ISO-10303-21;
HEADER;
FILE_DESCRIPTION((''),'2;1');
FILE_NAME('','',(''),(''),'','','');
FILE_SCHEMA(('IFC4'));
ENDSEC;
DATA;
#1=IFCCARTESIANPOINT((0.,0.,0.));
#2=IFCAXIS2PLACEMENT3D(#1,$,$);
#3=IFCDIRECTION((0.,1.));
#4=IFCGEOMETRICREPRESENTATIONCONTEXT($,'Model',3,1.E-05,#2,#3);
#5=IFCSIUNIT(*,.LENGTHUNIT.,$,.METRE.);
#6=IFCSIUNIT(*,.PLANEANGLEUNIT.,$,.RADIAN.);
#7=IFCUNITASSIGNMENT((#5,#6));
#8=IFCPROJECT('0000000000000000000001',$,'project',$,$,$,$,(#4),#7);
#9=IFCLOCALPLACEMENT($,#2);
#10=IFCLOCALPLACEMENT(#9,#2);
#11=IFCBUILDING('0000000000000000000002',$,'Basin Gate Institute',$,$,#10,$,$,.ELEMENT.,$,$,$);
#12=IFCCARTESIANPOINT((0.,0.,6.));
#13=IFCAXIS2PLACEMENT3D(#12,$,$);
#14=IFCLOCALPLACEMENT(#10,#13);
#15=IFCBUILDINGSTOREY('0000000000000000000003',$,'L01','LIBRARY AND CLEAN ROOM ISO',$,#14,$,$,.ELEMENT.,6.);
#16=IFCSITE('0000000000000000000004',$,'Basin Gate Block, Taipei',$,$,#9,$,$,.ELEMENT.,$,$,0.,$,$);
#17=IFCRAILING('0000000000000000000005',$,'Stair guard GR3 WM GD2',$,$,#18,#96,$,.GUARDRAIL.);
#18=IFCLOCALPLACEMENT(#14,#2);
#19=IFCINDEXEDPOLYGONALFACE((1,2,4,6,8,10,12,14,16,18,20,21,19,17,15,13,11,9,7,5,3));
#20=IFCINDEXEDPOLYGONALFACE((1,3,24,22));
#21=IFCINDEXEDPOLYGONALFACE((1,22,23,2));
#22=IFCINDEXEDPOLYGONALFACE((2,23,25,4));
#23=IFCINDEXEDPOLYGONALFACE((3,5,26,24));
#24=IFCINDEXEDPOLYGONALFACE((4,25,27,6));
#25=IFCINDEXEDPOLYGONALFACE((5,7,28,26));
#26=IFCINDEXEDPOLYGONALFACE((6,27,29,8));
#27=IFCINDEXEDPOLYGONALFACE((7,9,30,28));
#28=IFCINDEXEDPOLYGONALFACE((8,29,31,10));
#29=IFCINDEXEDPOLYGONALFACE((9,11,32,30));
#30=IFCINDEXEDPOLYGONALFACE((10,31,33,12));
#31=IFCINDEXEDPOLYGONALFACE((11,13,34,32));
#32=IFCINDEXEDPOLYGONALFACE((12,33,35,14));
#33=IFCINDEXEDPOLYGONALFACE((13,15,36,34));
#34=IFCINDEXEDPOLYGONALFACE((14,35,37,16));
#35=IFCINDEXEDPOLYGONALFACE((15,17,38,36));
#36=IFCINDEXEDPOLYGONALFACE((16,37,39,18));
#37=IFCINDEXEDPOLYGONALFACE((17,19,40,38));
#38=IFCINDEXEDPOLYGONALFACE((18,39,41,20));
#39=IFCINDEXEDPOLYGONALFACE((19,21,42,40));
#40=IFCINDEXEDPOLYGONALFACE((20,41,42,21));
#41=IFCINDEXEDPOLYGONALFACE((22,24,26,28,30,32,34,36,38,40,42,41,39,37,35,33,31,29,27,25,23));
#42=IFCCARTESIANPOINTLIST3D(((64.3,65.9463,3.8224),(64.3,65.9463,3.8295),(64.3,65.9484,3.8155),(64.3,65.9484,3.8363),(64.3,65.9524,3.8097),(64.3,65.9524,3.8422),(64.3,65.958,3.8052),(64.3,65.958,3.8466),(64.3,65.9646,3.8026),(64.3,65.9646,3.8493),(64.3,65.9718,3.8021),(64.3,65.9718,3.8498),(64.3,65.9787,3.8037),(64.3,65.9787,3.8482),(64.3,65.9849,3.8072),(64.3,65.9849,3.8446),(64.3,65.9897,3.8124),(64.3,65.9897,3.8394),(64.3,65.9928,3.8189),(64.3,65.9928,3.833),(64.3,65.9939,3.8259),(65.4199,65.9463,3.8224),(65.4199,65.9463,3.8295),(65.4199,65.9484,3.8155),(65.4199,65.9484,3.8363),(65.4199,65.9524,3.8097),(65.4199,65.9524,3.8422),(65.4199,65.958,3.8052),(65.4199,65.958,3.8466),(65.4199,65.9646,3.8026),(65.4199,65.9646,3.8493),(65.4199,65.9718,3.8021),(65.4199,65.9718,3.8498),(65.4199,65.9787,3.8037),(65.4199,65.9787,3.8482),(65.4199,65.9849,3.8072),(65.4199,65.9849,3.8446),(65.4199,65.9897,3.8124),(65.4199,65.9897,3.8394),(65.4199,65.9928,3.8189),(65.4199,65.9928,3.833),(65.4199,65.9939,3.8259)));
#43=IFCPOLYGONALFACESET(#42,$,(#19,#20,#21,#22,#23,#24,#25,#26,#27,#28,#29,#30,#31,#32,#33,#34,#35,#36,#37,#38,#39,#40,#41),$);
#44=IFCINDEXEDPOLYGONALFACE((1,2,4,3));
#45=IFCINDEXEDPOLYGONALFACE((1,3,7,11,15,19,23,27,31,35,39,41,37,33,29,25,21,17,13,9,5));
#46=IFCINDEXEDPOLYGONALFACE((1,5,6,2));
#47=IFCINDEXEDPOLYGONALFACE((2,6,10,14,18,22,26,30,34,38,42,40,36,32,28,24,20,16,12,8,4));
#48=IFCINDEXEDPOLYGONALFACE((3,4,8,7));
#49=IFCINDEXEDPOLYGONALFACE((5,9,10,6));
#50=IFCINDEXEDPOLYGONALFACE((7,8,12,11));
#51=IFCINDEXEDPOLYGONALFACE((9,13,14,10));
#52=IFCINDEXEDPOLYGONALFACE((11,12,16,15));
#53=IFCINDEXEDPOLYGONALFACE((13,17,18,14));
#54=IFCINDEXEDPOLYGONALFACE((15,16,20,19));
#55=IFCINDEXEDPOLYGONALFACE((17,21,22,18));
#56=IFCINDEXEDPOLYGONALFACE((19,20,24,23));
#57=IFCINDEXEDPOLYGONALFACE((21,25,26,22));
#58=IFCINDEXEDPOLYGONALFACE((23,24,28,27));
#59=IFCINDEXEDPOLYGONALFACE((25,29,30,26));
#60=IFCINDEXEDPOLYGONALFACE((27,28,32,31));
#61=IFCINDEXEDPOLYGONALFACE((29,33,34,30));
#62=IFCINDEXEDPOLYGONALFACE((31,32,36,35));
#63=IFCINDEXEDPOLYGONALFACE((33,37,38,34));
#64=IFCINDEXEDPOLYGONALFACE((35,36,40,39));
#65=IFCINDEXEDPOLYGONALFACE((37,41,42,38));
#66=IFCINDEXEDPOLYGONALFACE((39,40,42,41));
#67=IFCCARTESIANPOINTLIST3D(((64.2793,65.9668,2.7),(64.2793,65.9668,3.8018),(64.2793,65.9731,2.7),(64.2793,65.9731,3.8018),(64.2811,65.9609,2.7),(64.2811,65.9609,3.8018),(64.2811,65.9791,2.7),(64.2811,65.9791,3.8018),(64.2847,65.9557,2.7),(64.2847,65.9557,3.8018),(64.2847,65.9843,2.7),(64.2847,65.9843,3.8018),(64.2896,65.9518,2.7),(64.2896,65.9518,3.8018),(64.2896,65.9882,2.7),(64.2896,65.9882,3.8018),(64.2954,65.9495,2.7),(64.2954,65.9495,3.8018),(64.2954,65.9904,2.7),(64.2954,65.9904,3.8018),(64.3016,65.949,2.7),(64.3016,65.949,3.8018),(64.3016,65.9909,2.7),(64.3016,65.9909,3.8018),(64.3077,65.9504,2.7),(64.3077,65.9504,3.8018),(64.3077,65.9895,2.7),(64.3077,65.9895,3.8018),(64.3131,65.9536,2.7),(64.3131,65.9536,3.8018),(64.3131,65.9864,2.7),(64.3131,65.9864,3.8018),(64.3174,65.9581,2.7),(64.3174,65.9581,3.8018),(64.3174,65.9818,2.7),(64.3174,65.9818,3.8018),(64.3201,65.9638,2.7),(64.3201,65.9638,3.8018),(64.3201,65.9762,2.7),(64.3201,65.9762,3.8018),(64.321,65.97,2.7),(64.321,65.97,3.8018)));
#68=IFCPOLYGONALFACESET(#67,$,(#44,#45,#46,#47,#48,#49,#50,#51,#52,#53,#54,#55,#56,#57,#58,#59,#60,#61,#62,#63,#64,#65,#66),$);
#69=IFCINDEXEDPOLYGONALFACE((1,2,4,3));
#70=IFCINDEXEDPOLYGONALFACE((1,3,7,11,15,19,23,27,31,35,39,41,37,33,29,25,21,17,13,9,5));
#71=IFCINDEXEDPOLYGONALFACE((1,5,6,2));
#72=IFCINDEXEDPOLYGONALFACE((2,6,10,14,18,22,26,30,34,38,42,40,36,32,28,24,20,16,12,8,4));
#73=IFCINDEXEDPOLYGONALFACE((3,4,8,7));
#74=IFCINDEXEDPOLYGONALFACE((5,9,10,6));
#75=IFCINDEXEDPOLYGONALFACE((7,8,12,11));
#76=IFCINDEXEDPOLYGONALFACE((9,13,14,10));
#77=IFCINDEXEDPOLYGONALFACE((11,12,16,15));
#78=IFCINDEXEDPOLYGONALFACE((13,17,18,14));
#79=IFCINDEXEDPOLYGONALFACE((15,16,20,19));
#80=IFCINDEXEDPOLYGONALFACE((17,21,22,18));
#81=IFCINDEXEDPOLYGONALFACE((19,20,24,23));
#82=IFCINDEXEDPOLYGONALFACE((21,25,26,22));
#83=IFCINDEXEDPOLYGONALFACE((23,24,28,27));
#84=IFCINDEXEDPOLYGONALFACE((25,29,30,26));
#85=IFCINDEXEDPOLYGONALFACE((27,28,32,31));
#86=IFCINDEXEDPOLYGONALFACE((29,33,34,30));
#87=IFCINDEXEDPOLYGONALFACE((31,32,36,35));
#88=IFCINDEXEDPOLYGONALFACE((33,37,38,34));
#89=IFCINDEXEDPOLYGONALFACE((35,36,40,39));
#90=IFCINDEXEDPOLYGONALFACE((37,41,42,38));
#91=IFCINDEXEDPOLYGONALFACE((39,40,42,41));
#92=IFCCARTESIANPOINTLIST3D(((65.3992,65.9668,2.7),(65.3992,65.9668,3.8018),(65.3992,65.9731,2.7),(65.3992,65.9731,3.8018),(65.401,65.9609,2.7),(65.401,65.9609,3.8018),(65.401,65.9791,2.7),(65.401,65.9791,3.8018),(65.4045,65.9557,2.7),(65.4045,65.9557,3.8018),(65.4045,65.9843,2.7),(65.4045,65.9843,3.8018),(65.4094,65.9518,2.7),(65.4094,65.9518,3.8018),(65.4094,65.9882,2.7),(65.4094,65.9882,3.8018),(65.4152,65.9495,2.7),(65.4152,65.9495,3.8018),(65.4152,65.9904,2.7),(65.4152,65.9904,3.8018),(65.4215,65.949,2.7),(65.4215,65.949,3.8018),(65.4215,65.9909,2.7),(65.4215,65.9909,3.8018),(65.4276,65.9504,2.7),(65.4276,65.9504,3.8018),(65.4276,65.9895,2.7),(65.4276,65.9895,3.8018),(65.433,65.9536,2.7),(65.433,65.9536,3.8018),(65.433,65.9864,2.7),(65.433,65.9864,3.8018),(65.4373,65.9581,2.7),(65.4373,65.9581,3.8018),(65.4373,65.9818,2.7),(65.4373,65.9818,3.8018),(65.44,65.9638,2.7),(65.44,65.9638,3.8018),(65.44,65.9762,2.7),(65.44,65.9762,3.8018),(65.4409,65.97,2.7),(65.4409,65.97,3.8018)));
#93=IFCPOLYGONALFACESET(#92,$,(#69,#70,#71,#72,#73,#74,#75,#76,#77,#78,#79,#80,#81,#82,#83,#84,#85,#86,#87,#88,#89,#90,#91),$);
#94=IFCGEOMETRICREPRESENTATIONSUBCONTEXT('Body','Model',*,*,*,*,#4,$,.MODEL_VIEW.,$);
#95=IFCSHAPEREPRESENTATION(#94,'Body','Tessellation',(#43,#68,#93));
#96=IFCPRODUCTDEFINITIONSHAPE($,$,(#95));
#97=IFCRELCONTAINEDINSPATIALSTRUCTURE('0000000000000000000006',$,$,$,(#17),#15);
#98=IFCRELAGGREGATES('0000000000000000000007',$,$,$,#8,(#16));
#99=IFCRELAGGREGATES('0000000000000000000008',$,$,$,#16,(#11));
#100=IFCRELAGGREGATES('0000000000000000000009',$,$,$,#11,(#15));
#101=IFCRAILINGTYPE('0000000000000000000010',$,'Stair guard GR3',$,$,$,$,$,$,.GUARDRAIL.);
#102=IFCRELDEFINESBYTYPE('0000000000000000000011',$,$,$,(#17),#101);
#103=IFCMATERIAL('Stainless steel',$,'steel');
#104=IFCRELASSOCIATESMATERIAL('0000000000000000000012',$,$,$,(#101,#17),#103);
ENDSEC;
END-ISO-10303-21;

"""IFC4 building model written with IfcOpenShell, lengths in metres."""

from ifc_helpers import new_model, si_unit, direction, frame, origin, origin_2d, place, context, subcontext, project, spatial, circle, extrude, material, type_object, element, save


model = new_model("IFC4")

# Units and contexts
model_context = context("Model", 3, precision=1e-05, world=origin(), true_north=direction((0.0, 1.0)))
body_context = subcontext(model_context, "Body", "Model", "MODEL_VIEW")
ifc_project = project(units=[si_unit("LENGTHUNIT", "METRE"), si_unit("PLANEANGLEUNIT", "RADIAN")], contexts=[model_context])

# Site, building, storey
site_placement = place(None, origin())
site = spatial("IfcSite", under=ifc_project, at=site_placement, Name="Basin Gate Block, Taipei", CompositionType="ELEMENT", RefElevation=0.0)
building_placement = place(site_placement, origin())
building = spatial("IfcBuilding", under=site, at=building_placement, Name="Basin Gate Institute", CompositionType="ELEMENT")
storey_placement = place(building_placement, frame((0.0, 0.0, 6.0)))
storey = spatial("IfcBuildingStorey", under=building, at=storey_placement, Name="L01", Description="LIBRARY AND CLEAN ROOM ISO", CompositionType="ELEMENT", Elevation=6.0)

# Railing
ifc_material_1 = material(Name="Stainless steel", Category="steel")
railing_type_1 = type_object("IfcRailingType", Name="Stair guard GR3", PredefinedType="GUARDRAIL", material=ifc_material_1)
railing_1_placement = place(storey_placement, frame((64.3, 65.97, 2.7)))
element("IfcRailing", 1, at=railing_1_placement, inside=storey, type_object=railing_type_1, material=ifc_material_1, Name="Stair guard GR3 WM GD2", PredefinedType="GUARDRAIL", context=body_context, shape_type="SweptSolid", body=[
    extrude(circle(Radius=0.0239, at=origin_2d()), frame((0.0, 0.0, 1.126), z_axis=(1.0, 0.0, 0.0), x_axis=(0.0, 1.0, 0.0)), (0.0, 0.0, 1.0), 1.1199),
    extrude(circle(Radius=0.021, at=origin_2d()), origin(), (0.0, 0.0, 1.0), 1.1018),
    extrude(circle(Radius=0.021, at=origin_2d()), frame((1.1199, 0.0, 0.0)), (0.0, 0.0, 1.0), 1.1018),
])

save(model, "model.ifc")
